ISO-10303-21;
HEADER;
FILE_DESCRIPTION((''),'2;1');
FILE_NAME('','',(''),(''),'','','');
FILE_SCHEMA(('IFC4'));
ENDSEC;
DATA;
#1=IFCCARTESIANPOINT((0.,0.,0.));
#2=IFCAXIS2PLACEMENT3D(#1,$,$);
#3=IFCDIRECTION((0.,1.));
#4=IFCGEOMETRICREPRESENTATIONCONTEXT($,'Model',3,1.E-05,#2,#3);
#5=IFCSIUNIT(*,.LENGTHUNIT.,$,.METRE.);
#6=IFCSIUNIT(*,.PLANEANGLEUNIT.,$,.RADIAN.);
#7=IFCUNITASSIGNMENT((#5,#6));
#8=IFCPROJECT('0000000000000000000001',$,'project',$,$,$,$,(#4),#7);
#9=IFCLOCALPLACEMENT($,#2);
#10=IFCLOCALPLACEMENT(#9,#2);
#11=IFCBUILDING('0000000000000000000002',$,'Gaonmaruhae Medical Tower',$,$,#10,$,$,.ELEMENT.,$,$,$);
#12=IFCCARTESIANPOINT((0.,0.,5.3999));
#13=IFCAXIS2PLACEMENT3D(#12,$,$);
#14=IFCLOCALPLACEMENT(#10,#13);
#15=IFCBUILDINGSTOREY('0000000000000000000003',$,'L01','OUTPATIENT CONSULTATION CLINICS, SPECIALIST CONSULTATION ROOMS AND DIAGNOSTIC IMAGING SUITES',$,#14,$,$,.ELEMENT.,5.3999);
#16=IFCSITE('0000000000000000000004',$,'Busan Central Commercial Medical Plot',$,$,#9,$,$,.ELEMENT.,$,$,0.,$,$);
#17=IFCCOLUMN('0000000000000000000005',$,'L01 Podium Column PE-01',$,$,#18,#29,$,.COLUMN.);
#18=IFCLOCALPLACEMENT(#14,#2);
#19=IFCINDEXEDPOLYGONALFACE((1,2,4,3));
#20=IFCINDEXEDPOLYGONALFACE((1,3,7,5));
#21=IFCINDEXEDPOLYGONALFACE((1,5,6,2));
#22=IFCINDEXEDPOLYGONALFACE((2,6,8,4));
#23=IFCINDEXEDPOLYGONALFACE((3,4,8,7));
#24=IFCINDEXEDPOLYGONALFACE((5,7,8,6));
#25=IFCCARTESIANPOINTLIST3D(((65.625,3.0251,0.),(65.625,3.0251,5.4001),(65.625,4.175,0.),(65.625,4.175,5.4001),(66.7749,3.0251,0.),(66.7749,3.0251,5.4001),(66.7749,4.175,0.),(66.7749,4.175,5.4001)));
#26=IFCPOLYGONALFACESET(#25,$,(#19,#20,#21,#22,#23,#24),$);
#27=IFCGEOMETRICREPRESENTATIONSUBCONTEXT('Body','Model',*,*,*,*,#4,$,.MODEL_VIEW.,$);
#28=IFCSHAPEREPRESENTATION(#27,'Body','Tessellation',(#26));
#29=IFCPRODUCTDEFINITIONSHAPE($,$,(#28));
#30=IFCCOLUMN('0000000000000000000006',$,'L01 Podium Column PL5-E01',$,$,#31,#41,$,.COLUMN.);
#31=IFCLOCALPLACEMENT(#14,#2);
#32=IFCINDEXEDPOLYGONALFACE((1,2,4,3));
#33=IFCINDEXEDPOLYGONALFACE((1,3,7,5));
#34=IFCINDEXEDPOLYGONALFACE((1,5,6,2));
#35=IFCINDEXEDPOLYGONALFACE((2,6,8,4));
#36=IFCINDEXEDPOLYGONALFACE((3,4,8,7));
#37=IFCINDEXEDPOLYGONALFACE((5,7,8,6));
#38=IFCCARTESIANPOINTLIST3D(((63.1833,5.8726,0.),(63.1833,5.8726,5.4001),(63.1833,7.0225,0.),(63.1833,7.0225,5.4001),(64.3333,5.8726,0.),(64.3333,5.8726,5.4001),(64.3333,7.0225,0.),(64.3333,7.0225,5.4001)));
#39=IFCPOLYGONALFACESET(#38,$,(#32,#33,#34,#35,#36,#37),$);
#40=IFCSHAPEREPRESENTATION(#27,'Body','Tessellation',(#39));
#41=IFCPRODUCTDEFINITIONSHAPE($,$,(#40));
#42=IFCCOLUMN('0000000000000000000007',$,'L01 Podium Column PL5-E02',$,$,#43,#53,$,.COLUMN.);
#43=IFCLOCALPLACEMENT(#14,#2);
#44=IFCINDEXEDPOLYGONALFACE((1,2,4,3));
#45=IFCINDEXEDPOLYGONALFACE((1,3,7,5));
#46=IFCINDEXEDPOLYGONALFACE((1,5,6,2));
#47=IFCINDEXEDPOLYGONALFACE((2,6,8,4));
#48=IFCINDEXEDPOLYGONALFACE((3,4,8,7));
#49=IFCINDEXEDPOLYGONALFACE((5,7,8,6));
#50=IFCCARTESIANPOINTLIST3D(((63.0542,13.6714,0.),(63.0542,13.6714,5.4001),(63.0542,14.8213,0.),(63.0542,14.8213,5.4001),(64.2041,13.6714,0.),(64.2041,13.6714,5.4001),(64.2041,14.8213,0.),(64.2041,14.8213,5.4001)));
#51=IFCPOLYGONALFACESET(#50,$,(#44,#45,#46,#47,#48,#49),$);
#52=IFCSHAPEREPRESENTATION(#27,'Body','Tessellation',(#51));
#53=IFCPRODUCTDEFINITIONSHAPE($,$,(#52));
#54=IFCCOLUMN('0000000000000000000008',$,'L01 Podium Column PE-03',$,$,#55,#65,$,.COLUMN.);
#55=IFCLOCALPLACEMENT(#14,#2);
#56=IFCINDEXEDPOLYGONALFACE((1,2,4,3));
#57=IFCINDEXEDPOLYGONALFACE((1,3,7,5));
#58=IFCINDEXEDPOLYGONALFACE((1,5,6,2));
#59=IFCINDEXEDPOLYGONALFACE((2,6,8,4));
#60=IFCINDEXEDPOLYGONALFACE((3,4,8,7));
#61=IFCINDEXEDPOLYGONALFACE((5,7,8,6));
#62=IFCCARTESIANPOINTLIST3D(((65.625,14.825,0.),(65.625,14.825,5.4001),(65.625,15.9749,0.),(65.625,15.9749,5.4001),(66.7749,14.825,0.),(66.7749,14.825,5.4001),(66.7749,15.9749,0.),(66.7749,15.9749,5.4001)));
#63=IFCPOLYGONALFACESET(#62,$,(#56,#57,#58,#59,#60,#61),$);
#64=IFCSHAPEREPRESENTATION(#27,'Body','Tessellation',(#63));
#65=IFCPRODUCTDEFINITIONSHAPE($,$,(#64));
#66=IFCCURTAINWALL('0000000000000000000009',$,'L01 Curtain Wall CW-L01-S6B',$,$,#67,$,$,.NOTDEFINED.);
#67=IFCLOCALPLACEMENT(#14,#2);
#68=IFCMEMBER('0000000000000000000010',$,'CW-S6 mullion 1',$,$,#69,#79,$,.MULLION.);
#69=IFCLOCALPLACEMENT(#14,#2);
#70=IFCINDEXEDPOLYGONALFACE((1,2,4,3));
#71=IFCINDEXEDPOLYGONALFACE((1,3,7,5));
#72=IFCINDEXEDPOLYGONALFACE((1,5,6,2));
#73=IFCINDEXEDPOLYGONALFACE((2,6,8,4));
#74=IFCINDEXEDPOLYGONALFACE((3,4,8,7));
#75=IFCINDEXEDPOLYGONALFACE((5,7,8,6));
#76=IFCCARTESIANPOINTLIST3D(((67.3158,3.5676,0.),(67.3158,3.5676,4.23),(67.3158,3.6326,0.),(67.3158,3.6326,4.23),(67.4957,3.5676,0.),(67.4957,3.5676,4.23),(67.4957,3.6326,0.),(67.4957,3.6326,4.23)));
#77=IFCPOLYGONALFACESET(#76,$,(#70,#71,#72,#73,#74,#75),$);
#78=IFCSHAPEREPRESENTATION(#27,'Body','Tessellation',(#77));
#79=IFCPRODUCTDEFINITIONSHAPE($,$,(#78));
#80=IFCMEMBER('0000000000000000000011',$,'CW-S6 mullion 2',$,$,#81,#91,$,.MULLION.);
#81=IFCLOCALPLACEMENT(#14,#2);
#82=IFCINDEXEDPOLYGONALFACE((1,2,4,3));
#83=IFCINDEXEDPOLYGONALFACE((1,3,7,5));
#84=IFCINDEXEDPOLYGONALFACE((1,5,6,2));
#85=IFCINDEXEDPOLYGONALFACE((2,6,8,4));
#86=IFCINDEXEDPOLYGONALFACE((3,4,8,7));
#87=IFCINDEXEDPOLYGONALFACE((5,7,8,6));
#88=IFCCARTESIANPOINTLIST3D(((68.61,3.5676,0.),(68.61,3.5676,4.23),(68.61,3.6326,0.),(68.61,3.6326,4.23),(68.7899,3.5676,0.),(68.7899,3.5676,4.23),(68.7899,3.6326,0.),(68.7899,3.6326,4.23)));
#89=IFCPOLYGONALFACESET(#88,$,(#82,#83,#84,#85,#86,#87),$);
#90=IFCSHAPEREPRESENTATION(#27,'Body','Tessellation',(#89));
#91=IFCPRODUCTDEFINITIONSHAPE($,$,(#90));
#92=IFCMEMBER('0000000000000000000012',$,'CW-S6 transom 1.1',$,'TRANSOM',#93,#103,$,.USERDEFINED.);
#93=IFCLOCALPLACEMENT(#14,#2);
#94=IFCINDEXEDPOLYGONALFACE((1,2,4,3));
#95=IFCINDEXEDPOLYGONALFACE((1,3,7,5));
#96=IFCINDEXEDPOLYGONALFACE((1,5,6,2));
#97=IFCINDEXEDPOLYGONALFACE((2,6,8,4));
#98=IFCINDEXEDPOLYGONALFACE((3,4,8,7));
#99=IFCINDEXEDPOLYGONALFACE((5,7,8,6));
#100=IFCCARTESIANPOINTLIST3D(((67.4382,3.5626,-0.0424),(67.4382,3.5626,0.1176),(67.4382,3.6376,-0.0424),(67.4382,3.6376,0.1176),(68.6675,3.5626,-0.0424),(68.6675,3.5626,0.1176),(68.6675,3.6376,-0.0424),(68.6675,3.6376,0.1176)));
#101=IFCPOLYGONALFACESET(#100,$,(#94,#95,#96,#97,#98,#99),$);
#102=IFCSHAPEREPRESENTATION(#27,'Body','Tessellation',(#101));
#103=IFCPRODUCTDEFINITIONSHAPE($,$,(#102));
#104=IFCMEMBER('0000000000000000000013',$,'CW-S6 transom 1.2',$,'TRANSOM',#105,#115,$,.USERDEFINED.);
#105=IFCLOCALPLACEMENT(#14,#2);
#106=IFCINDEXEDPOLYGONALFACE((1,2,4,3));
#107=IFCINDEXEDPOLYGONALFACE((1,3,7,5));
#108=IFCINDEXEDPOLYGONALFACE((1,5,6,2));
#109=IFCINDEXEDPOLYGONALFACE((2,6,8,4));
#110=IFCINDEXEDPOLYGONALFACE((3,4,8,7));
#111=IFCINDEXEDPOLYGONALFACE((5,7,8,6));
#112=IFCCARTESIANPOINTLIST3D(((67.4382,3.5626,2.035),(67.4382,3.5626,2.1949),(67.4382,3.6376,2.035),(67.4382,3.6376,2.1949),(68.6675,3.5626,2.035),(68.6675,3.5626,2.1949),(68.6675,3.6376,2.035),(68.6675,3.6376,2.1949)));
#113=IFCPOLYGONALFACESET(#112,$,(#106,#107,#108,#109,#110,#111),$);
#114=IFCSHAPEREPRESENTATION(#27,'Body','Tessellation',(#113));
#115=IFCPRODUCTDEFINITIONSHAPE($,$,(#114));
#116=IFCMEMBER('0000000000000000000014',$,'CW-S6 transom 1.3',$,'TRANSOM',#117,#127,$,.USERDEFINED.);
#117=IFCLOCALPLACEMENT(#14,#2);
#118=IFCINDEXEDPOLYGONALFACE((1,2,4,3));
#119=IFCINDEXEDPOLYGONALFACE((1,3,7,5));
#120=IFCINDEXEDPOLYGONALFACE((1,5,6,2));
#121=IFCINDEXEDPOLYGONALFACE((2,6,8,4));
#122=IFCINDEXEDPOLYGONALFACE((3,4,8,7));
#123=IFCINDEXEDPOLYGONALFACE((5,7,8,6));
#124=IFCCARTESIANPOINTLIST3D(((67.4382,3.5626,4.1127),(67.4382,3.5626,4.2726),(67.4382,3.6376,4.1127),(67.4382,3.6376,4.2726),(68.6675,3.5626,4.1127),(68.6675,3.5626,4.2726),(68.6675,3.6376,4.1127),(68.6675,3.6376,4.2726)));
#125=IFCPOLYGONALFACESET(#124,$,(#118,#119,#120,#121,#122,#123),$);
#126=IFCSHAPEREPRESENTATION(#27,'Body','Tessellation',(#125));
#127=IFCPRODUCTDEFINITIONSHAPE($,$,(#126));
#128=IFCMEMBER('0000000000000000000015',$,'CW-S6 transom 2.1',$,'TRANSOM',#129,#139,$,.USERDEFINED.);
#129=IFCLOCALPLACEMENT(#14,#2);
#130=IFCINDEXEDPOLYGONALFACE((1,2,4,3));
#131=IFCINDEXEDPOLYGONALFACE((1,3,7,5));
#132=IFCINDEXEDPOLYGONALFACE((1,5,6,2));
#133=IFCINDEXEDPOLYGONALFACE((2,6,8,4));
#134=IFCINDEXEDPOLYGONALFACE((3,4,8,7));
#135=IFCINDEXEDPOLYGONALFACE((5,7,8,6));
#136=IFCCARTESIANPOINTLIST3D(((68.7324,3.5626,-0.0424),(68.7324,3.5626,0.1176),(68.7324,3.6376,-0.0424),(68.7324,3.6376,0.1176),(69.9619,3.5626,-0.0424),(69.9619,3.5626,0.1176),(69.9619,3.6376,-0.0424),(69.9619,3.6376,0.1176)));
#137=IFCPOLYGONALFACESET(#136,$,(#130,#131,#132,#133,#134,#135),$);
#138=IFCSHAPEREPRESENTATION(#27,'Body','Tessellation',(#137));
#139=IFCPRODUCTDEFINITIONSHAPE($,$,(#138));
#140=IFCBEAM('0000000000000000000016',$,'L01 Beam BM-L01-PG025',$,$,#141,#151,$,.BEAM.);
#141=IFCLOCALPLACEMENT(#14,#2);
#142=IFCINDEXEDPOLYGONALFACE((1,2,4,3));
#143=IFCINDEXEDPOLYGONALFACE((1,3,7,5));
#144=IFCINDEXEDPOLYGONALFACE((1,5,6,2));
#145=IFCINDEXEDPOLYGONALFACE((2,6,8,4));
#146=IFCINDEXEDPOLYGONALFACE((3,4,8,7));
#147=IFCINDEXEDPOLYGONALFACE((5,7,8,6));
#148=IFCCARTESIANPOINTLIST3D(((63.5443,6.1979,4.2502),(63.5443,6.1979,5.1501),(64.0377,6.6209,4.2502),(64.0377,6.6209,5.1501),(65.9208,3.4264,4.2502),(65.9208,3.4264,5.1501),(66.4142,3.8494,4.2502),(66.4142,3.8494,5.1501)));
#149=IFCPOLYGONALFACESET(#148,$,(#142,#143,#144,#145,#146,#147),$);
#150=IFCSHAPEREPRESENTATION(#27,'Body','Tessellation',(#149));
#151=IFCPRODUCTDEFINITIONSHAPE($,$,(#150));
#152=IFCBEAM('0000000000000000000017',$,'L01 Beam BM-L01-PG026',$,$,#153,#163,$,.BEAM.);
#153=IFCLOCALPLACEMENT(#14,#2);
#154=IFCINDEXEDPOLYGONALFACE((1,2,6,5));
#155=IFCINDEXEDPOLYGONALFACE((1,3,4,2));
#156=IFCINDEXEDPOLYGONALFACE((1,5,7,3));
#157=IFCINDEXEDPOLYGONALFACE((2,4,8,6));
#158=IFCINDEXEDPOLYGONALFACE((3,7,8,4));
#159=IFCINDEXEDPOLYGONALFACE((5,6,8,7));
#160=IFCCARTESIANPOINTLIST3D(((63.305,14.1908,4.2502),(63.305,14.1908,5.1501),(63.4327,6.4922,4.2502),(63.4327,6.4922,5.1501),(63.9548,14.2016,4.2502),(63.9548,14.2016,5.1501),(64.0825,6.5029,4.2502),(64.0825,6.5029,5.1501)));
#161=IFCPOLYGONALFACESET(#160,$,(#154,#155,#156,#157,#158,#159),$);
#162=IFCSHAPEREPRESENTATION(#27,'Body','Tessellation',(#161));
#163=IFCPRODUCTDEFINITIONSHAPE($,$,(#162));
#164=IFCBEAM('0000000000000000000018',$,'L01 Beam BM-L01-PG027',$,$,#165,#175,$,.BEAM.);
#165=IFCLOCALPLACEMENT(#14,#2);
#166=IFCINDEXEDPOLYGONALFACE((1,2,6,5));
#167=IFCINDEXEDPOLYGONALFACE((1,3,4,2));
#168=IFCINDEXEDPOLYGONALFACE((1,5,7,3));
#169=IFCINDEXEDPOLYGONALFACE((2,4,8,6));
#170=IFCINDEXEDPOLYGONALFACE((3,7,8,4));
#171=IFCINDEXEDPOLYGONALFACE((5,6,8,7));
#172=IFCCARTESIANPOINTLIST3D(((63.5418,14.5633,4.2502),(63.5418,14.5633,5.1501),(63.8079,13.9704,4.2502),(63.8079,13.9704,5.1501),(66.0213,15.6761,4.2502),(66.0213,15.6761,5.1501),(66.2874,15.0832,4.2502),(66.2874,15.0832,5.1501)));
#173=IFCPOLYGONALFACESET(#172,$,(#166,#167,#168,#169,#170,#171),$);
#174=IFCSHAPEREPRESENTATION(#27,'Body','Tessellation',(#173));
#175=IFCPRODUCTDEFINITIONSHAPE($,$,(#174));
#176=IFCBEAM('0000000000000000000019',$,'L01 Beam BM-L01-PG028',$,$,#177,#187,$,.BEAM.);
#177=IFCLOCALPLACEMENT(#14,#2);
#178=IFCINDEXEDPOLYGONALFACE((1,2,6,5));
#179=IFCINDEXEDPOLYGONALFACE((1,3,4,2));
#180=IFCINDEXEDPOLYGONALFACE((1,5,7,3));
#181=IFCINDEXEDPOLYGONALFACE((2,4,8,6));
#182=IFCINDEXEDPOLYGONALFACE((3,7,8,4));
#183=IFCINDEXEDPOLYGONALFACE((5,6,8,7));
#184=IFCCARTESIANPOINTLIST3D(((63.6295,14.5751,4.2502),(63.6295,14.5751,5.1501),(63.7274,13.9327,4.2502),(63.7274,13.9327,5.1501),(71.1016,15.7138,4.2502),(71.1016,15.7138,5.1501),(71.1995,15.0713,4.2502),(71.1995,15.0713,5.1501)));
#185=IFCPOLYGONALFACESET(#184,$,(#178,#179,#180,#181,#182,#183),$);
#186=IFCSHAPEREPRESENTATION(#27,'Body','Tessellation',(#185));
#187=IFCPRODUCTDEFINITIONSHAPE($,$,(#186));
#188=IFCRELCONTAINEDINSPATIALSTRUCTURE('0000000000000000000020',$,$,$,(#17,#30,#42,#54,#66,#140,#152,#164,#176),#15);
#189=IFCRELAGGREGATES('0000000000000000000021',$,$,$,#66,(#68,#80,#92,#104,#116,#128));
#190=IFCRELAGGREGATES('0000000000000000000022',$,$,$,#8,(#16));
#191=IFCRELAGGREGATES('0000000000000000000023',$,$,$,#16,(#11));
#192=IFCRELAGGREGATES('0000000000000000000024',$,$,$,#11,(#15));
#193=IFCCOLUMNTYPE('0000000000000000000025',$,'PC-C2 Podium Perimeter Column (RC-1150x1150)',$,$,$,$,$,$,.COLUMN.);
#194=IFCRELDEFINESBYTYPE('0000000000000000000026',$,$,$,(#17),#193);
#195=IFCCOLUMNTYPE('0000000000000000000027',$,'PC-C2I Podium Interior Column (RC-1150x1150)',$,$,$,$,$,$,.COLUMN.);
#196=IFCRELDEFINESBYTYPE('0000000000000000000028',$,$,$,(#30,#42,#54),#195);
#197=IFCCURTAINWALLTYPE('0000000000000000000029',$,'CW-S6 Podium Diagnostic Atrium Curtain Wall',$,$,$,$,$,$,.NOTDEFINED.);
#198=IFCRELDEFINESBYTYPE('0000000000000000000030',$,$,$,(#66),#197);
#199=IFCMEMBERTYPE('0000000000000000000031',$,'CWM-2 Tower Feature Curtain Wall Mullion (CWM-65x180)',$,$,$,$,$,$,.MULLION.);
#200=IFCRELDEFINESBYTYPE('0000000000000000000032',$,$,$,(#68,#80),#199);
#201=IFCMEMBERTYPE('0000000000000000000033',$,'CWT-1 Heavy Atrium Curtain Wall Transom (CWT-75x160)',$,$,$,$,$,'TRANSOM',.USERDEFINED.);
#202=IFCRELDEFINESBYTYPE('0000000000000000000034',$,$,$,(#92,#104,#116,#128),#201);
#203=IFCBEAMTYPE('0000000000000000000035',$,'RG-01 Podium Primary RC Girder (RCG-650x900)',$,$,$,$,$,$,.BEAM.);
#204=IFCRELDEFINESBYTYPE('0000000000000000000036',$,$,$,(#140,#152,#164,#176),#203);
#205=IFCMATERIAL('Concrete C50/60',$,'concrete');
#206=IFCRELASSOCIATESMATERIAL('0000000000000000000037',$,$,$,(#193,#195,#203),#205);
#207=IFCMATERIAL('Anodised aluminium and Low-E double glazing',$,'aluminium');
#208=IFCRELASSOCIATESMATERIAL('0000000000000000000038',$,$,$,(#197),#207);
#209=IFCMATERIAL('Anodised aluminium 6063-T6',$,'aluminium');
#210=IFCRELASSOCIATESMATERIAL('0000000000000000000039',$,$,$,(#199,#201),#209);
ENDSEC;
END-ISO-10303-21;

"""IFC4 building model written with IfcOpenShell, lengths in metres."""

from ifc_helpers import new_model, si_unit, direction, frame, origin, origin_2d, place, context, subcontext, project, spatial, rectangle, extrude, material, material_profile, profile_set, type_object, element, aggregate, save


model = new_model("IFC4")

# Units and contexts
model_context = context("Model", 3, precision=1e-05, world=origin(), true_north=direction((0.0, 1.0)))
body_context = subcontext(model_context, "Body", "Model", "MODEL_VIEW")
ifc_project = project(units=[si_unit("LENGTHUNIT", "METRE"), si_unit("PLANEANGLEUNIT", "RADIAN")], contexts=[model_context])

# Site, building, storey
site_placement = place(None, origin())
site = spatial("IfcSite", under=ifc_project, at=site_placement, Name="Busan Central Commercial Medical Plot", CompositionType="ELEMENT", RefElevation=0.0)
building_placement = place(site_placement, origin())
building = spatial("IfcBuilding", under=site, at=building_placement, Name="Gaonmaruhae Medical Tower", CompositionType="ELEMENT")
storey_placement = place(building_placement, frame((0.0, 0.0, 5.3999)))
storey = spatial("IfcBuildingStorey", under=building, at=storey_placement, Name="L01", Description="OUTPATIENT CONSULTATION CLINICS, SPECIALIST CONSULTATION ROOMS AND DIAGNOSTIC IMAGING SUITES", CompositionType="ELEMENT", Elevation=5.3999)

# Columns
ifc_material_1 = material(Name="Concrete C50/60", Category="concrete")
ifc_material_profile_1 = material_profile(ifc_material_1, rectangle(XDim=1.1499, YDim=1.1499, at=origin_2d()), Name="RC-1150x1150")
ifc_profile_set_1 = profile_set([ifc_material_profile_1], Name="Concrete C50/60")
column_type_1 = type_object("IfcColumnType", Name="PC-C2 Podium Perimeter Column (RC-1150x1150)", PredefinedType="COLUMN", material=ifc_profile_set_1)
column_placement = place(storey_placement, frame((66.2, 3.6001, 0.0), z_axis=(0.0, 0.0, 1.0), x_axis=(1.0, 0.0, 0.0)))
element("IfcColumn", 1, at=column_placement, inside=storey, type_object=column_type_1, Name="L01 Podium Column PE-01", PredefinedType="COLUMN", context=body_context, shape_type="SweptSolid", body=[
    extrude(rectangle(XDim=1.1499, YDim=1.1499, at=origin_2d()), origin(), (0.0, 0.0, 1.0), 5.4001),
])
ifc_material_profile_2 = material_profile(ifc_material_1, rectangle(XDim=1.1499, YDim=1.1499, at=origin_2d()), Name="RC-1150x1150")
ifc_profile_set_2 = profile_set([ifc_material_profile_2], Name="Concrete C50/60")
column_type_2 = type_object("IfcColumnType", Name="PC-C2I Podium Interior Column (RC-1150x1150)", PredefinedType="COLUMN", material=ifc_profile_set_2)
for number, where, z_axis, x_axis, name in (
    (2, (63.7583, 6.4475, 0.0), (0.0, 0.0, 1.0), (1.0, 0.0, 0.0), "L01 Podium Column PL5-E01"),
    (3, (63.6292, 14.2463, 0.0), (0.0, 0.0, 1.0), (1.0, 0.0, 0.0), "L01 Podium Column PL5-E02"),
    (4, (66.2, 15.3999, 0.0), (0.0, 0.0, 1.0), (1.0, 0.0, 0.0), "L01 Podium Column PE-03"),
):
    element("IfcColumn", number, at=place(storey_placement, frame(where, z_axis=z_axis, x_axis=x_axis)), inside=storey, type_object=column_type_2, Name=name, PredefinedType="COLUMN", context=body_context, shape_type="SweptSolid", body=[
        extrude(rectangle(XDim=1.1499, YDim=1.1499, at=origin_2d()), origin(), (0.0, 0.0, 1.0), 5.4001),
    ])

# Curtain wall, members
ifc_material_2 = material(Name="Anodised aluminium and Low-E double glazing", Category="aluminium")
curtain_wall_type = type_object("IfcCurtainWallType", Name="CW-S6 Podium Diagnostic Atrium Curtain Wall", PredefinedType="NOTDEFINED", material=ifc_material_2)
curtain_wall_placement = place(storey_placement, origin())
curtain_wall = element("IfcCurtainWall", 5, at=curtain_wall_placement, inside=storey, type_object=curtain_wall_type, Name="L01 Curtain Wall CW-L01-S6B", PredefinedType="NOTDEFINED")
ifc_material_3 = material(Name="Anodised aluminium 6063-T6", Category="aluminium")
ifc_material_profile_3 = material_profile(ifc_material_3, rectangle(XDim=0.0649, YDim=0.1799, at=origin_2d()), Name="CWM-65x180")
ifc_profile_set_3 = profile_set([ifc_material_profile_3], Name="Anodised aluminium 6063-T6")
member_type_1 = type_object("IfcMemberType", Name="CWM-2 Tower Feature Curtain Wall Mullion (CWM-65x180)", PredefinedType="MULLION", material=ifc_profile_set_3)
member_1_placement = place(storey_placement, frame((67.4058, 3.6001, 0.0), z_axis=(0.0, 0.0, 1.0), x_axis=(0.0, 1.0, 0.0)))
member_1 = element("IfcMember", 6, at=member_1_placement, type_object=member_type_1, Name="CW-S6 mullion 1", PredefinedType="MULLION", context=body_context, shape_type="SweptSolid", body=[
    extrude(rectangle(XDim=0.0649, YDim=0.1799, at=origin_2d()), origin(), (0.0, 0.0, 1.0), 4.23),
])
member_2_placement = place(storey_placement, frame((68.7, 3.6001, 0.0), z_axis=(0.0, 0.0, 1.0), x_axis=(0.0, 1.0, 0.0)))
member_2 = element("IfcMember", 7, at=member_2_placement, type_object=member_type_1, Name="CW-S6 mullion 2", PredefinedType="MULLION", context=body_context, shape_type="SweptSolid", body=[
    extrude(rectangle(XDim=0.0649, YDim=0.1799, at=origin_2d()), origin(), (0.0, 0.0, 1.0), 4.23),
])
ifc_material_profile_4 = material_profile(ifc_material_3, rectangle(XDim=0.075, YDim=0.1599, at=origin_2d()), Name="CWT-75x160")
ifc_profile_set_4 = profile_set([ifc_material_profile_4], Name="Anodised aluminium 6063-T6")
member_type_2 = type_object("IfcMemberType", Name="CWT-1 Heavy Atrium Curtain Wall Transom (CWT-75x160)", ElementType="TRANSOM", PredefinedType="USERDEFINED", material=ifc_profile_set_4)
member_3_placement = place(storey_placement, frame((67.4382, 3.6001, 0.0376), z_axis=(1.0, 0.0, 0.0), x_axis=(0.0, 1.0, 0.0)))
member_3 = element("IfcMember", 8, at=member_3_placement, type_object=member_type_2, Name="CW-S6 transom 1.1", ObjectType="TRANSOM", PredefinedType="USERDEFINED", context=body_context, shape_type="SweptSolid", body=[
    extrude(rectangle(XDim=0.075, YDim=0.1599, at=origin_2d()), origin(), (0.0, 0.0, 1.0), 1.2292),
])
member_4_placement = place(storey_placement, frame((67.4382, 3.6001, 2.115), z_axis=(1.0, 0.0, 0.0), x_axis=(0.0, 1.0, 0.0)))
member_4 = element("IfcMember", 9, at=member_4_placement, type_object=member_type_2, Name="CW-S6 transom 1.2", ObjectType="TRANSOM", PredefinedType="USERDEFINED", context=body_context, shape_type="SweptSolid", body=[
    extrude(rectangle(XDim=0.075, YDim=0.1599, at=origin_2d()), origin(), (0.0, 0.0, 1.0), 1.2292),
])
member_5_placement = place(storey_placement, frame((67.4382, 3.6001, 4.1926), z_axis=(1.0, 0.0, 0.0), x_axis=(0.0, 1.0, 0.0)))
member_5 = element("IfcMember", 10, at=member_5_placement, type_object=member_type_2, Name="CW-S6 transom 1.3", ObjectType="TRANSOM", PredefinedType="USERDEFINED", context=body_context, shape_type="SweptSolid", body=[
    extrude(rectangle(XDim=0.075, YDim=0.1599, at=origin_2d()), origin(), (0.0, 0.0, 1.0), 1.2292),
])
member_6_placement = place(storey_placement, frame((68.7324, 3.6001, 0.0376), z_axis=(1.0, 0.0, 0.0), x_axis=(0.0, 1.0, 0.0)))
member_6 = element("IfcMember", 11, at=member_6_placement, type_object=member_type_2, Name="CW-S6 transom 2.1", ObjectType="TRANSOM", PredefinedType="USERDEFINED", context=body_context, shape_type="SweptSolid", body=[
    extrude(rectangle(XDim=0.075, YDim=0.1599, at=origin_2d()), origin(), (0.0, 0.0, 1.0), 1.2295),
])

# Beams
ifc_material_profile_5 = material_profile(ifc_material_1, rectangle(XDim=0.6499, YDim=0.8999, at=origin_2d()), Name="RCG-650x900")
ifc_profile_set_5 = profile_set([ifc_material_profile_5], Name="Concrete C50/60")
beam_type = type_object("IfcBeamType", Name="RG-01 Podium Primary RC Girder (RCG-650x900)", PredefinedType="BEAM", material=ifc_profile_set_5)
beam_1_placement = place(storey_placement, frame((63.791, 6.4094, 4.7002), z_axis=(0.650935, -0.759134, 0.0), x_axis=(0.759134, 0.650935, 0.0)))
element("IfcBeam", 12, at=beam_1_placement, inside=storey, type_object=beam_type, Name="L01 Beam BM-L01-PG025", PredefinedType="BEAM", context=body_context, shape_type="SweptSolid", body=[
    extrude(rectangle(XDim=0.6499, YDim=0.8999, at=origin_2d()), origin(), (0.0, 0.0, 1.0), 3.6509),
])
beam_2_placement = place(storey_placement, frame((63.7576, 6.4976, 4.7002), z_axis=(-0.016583, 0.999862, 0.0), x_axis=(-0.999862, -0.016583, 0.0)))
element("IfcBeam", 13, at=beam_2_placement, inside=storey, type_object=beam_type, Name="L01 Beam BM-L01-PG026", PredefinedType="BEAM", context=body_context, shape_type="SweptSolid", body=[
    extrude(rectangle(XDim=0.6499, YDim=0.8999, at=origin_2d()), origin(), (0.0, 0.0, 1.0), 7.6997),
])
beam_3_placement = place(storey_placement, frame((63.6748, 14.2668, 4.7002), z_axis=(0.912331, 0.409453, 0.0), x_axis=(-0.409453, 0.912331, 0.0)))
element("IfcBeam", 14, at=beam_3_placement, inside=storey, type_object=beam_type, Name="L01 Beam BM-L01-PG027", PredefinedType="BEAM", context=body_context, shape_type="SweptSolid", body=[
    extrude(rectangle(XDim=0.6499, YDim=0.8999, at=origin_2d()), origin(), (0.0, 0.0, 1.0), 2.7178),
])
beam_4_placement = place(storey_placement, frame((63.6785, 14.2539, 4.7002), z_axis=(0.988587, 0.150649, 0.0), x_axis=(-0.150649, 0.988587, 0.0)))
element("IfcBeam", 15, at=beam_4_placement, inside=storey, type_object=beam_type, Name="L01 Beam BM-L01-PG028", PredefinedType="BEAM", context=body_context, shape_type="SweptSolid", body=[
    extrude(rectangle(XDim=0.6499, YDim=0.8999, at=origin_2d()), origin(), (0.0, 0.0, 1.0), 7.5583),
])

aggregate(curtain_wall, [member_1, member_2, member_3, member_4, member_5, member_6])

save(model, "model.ifc")
